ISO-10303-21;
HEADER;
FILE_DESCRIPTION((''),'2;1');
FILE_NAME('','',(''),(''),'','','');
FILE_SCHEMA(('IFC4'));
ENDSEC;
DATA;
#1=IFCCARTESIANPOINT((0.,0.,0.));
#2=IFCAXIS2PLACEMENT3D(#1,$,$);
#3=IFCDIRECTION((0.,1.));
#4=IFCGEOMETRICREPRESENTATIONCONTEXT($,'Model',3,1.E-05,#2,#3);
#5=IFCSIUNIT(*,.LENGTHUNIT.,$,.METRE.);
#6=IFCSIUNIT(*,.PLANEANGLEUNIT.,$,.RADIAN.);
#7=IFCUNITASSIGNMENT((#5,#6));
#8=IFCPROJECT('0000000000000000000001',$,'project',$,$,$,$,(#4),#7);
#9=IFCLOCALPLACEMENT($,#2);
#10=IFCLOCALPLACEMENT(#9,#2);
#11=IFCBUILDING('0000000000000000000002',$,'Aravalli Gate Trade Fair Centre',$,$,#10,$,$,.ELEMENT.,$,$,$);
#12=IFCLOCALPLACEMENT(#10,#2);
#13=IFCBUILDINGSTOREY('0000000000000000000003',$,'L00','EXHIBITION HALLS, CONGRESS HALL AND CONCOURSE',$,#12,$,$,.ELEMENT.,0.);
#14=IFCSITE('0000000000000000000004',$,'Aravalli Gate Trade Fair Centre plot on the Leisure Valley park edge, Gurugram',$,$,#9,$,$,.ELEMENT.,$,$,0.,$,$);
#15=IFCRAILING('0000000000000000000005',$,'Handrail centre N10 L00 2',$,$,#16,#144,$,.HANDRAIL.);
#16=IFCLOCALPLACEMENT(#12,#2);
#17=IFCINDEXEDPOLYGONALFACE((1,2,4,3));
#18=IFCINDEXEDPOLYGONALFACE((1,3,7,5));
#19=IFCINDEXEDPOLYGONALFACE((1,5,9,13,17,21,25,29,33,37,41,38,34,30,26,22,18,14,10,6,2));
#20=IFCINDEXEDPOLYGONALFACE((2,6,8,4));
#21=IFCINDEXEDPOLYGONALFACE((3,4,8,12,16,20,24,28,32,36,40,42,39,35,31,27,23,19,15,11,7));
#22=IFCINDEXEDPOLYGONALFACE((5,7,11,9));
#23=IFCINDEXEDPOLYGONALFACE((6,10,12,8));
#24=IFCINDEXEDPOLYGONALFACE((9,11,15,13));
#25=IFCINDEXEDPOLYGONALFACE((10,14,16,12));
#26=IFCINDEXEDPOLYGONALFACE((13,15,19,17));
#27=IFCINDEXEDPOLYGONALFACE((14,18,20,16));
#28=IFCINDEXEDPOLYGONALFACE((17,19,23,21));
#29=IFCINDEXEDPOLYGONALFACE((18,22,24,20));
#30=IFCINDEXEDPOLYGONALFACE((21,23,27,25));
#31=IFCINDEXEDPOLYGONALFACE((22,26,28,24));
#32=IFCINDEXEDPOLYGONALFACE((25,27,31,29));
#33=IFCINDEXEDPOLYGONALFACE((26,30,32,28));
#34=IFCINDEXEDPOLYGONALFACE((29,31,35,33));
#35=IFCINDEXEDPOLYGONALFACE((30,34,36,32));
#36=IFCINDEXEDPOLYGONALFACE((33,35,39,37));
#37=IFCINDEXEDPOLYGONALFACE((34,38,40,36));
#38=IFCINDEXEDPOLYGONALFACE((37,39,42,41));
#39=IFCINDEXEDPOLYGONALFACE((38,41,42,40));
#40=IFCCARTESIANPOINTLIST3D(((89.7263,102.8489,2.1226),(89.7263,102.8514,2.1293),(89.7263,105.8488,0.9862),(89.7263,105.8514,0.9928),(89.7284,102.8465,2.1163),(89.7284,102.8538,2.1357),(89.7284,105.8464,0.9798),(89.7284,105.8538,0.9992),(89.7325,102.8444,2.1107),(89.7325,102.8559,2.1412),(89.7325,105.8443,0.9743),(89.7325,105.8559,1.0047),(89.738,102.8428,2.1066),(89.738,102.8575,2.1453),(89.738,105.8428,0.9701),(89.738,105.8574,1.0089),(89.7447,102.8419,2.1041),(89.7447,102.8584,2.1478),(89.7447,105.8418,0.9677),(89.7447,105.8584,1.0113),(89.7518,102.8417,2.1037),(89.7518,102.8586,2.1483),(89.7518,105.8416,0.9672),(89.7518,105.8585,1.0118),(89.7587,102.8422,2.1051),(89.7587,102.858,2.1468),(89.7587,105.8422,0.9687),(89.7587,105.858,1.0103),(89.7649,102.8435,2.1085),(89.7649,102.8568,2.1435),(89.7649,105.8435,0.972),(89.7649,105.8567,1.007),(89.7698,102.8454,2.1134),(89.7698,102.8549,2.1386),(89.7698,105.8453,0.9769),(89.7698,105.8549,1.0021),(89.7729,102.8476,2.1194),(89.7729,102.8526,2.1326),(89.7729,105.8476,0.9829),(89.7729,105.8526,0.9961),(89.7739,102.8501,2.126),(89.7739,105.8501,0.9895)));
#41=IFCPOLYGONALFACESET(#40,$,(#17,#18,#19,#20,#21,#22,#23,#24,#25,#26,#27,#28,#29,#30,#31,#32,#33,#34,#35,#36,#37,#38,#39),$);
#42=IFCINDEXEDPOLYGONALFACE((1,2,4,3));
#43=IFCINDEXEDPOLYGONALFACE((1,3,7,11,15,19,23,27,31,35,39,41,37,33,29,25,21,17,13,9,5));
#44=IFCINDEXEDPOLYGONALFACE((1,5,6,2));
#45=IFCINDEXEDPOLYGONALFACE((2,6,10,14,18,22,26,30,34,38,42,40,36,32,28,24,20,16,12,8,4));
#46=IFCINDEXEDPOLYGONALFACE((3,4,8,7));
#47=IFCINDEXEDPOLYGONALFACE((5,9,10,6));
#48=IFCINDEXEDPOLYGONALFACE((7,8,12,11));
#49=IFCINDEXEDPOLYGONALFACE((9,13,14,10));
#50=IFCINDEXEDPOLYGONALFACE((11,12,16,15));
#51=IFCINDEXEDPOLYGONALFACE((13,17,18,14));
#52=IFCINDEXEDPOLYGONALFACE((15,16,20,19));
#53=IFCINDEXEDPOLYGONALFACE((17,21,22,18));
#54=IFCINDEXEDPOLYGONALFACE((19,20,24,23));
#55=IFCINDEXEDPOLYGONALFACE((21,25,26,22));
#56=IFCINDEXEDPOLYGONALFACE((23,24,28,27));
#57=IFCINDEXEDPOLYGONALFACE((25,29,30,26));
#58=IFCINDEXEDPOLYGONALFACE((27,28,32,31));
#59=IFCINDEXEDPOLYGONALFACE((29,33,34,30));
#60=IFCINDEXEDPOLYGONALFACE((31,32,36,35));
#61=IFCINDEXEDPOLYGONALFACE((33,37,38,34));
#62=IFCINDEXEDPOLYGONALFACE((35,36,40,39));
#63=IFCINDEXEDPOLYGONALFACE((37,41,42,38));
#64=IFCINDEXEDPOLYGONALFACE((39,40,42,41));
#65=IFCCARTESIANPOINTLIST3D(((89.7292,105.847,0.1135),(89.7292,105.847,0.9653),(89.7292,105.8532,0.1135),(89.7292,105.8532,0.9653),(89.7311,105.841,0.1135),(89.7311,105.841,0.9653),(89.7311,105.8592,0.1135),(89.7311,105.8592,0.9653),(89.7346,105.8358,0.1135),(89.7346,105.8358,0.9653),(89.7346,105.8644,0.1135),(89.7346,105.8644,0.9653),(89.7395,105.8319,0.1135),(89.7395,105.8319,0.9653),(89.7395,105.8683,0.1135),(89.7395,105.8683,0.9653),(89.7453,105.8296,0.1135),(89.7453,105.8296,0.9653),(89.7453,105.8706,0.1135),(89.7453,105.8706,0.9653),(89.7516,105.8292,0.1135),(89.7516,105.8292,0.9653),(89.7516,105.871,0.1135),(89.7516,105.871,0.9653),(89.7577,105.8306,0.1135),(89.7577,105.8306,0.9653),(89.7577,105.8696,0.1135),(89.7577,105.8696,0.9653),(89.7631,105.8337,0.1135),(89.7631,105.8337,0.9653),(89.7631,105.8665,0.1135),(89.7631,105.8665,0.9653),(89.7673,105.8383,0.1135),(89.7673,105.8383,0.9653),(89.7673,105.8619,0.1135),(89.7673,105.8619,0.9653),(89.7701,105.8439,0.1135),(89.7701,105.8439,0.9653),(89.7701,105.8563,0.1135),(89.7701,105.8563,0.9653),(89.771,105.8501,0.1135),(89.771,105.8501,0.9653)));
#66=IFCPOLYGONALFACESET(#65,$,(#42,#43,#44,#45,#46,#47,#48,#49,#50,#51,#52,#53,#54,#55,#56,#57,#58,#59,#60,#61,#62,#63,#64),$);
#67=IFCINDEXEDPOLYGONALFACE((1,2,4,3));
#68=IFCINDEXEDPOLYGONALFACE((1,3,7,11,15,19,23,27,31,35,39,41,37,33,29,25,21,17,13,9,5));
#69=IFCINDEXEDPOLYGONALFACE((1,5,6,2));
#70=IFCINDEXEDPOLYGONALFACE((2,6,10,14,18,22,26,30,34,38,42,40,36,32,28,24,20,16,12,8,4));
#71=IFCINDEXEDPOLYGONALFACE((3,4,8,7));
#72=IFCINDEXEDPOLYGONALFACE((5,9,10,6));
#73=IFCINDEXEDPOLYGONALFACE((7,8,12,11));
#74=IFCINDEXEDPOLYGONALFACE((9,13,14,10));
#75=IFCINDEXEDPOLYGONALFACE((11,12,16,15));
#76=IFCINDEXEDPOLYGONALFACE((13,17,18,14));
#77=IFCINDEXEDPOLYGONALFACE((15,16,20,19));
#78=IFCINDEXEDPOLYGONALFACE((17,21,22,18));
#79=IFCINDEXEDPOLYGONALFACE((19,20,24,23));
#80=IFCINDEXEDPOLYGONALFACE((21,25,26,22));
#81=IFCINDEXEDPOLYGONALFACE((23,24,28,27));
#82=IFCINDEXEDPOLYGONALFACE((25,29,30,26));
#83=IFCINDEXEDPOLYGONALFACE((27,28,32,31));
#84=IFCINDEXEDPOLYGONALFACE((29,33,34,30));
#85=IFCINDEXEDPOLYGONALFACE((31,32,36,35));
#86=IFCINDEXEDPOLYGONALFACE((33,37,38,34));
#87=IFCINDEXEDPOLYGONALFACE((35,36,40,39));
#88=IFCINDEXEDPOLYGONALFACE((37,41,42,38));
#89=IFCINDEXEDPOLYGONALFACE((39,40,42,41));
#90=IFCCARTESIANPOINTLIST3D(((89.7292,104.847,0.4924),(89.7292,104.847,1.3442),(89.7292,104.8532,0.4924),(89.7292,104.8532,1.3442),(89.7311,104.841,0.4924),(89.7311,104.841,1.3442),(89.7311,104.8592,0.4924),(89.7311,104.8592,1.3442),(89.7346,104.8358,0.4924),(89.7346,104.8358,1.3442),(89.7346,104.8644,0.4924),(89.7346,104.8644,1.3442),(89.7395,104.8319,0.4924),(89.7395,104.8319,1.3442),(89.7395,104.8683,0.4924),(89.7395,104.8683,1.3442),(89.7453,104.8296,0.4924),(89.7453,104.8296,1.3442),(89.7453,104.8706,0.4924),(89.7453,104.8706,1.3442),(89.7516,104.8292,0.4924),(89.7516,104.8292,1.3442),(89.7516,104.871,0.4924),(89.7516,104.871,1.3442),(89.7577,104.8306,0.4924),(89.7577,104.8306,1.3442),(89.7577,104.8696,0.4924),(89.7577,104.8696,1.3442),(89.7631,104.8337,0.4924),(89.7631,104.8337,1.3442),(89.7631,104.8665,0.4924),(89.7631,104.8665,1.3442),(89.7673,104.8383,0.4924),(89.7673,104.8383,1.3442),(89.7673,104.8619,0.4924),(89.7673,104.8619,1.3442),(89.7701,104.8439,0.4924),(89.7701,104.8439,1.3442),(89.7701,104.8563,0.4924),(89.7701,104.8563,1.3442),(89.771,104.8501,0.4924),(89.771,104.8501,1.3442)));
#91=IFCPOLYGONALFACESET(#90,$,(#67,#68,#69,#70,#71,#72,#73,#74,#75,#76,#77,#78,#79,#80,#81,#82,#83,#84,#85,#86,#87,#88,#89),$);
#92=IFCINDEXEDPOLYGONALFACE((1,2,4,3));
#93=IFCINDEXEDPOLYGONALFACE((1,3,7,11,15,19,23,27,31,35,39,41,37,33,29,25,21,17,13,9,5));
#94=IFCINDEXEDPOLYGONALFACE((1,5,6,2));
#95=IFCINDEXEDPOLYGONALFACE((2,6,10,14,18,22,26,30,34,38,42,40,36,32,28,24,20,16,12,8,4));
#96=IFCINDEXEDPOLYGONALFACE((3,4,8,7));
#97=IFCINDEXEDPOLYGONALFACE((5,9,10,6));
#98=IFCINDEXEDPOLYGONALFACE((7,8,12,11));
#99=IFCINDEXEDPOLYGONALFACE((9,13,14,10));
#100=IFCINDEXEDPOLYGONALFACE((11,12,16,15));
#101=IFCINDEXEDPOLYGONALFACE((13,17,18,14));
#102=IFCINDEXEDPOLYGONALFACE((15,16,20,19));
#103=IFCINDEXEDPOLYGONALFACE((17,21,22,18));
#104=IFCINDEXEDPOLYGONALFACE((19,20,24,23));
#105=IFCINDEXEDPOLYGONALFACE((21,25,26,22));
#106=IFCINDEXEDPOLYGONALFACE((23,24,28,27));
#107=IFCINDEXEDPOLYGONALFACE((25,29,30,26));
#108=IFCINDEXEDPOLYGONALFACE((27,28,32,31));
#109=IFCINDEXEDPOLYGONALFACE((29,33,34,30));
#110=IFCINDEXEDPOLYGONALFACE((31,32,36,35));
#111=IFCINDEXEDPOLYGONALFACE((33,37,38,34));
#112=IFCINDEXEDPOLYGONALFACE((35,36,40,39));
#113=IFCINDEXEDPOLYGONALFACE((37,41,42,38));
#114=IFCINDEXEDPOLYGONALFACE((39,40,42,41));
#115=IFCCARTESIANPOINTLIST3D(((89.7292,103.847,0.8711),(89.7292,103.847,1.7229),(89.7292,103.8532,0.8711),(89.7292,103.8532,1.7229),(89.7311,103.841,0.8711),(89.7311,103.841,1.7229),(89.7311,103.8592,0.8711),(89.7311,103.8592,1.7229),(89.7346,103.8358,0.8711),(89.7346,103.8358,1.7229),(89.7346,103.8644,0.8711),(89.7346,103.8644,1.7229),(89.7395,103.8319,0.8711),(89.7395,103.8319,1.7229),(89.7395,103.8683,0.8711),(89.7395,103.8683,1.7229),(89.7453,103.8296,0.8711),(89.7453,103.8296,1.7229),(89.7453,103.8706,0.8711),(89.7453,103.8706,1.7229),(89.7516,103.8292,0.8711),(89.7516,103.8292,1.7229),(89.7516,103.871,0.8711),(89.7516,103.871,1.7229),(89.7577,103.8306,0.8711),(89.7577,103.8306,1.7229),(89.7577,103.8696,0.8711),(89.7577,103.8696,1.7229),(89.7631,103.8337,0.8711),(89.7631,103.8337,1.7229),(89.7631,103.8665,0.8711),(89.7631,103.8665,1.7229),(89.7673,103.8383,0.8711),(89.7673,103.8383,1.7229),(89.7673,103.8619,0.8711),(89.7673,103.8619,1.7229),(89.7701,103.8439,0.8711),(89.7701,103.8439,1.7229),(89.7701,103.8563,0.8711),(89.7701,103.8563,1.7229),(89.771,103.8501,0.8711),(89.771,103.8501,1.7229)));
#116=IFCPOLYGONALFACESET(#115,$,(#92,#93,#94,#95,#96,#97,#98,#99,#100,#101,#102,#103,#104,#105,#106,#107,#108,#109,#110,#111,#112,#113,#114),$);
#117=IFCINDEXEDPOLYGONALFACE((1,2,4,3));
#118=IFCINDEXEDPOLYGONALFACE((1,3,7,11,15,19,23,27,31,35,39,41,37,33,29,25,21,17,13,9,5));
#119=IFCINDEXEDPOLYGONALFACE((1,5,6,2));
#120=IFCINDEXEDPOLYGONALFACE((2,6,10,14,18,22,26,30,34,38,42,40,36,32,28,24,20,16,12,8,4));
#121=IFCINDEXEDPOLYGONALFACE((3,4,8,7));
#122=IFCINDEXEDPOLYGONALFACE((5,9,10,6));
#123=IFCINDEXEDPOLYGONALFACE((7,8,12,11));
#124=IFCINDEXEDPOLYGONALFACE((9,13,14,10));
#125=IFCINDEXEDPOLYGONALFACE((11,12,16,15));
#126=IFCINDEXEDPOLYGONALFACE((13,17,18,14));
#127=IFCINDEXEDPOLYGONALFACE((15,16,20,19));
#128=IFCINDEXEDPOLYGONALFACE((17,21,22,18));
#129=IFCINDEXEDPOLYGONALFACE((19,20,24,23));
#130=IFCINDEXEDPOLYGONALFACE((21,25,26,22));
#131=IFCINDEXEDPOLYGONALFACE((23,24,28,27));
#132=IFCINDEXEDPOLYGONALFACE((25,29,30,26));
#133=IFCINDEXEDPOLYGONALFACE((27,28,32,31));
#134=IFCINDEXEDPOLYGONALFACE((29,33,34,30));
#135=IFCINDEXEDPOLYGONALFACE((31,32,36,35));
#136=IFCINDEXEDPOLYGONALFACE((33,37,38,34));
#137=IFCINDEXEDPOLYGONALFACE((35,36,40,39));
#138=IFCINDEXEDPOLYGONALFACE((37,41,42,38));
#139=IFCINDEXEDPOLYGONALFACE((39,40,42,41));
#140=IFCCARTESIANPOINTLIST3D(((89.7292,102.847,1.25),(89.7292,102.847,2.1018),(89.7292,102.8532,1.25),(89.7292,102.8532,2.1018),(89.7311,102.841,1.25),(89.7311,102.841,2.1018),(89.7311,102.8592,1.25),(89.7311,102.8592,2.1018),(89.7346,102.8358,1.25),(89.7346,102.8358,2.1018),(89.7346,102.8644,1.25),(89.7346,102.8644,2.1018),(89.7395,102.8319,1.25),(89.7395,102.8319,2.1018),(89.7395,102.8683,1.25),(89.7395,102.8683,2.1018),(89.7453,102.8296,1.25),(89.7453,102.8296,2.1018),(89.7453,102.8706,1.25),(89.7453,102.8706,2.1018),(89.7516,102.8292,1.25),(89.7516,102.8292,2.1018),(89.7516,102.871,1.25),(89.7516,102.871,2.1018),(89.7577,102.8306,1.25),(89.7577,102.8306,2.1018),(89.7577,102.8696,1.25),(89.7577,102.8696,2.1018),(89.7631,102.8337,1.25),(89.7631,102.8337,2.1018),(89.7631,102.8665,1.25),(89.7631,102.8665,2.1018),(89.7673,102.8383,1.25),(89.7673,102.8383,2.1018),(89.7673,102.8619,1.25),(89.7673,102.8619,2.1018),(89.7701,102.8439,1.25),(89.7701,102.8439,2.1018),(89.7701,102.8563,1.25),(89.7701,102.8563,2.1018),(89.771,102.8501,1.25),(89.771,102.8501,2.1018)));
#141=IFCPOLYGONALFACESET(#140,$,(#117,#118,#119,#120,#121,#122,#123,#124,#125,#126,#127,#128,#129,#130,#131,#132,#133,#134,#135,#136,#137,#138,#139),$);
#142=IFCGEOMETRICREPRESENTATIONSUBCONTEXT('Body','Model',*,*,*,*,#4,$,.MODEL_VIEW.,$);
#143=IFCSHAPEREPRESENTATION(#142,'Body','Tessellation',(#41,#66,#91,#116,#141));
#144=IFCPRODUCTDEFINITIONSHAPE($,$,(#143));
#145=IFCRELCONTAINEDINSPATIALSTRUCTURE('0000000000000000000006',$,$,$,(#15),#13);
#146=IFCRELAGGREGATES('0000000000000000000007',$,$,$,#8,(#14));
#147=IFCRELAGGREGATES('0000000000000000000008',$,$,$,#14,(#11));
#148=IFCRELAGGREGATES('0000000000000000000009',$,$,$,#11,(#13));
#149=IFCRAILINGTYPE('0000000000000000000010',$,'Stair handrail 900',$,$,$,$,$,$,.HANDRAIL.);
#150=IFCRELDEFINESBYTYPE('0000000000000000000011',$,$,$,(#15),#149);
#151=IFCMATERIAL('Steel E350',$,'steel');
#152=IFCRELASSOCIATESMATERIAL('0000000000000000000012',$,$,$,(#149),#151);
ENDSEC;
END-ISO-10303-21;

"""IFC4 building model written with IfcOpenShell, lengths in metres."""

from ifc_helpers import new_model, si_unit, direction, frame, origin, origin_2d, place, context, subcontext, project, spatial, circle, extrude, material, type_object, element, save


model = new_model("IFC4")

# Units and contexts
model_context = context("Model", 3, precision=1e-05, world=origin(), true_north=direction((0.0, 1.0)))
body_context = subcontext(model_context, "Body", "Model", "MODEL_VIEW")
ifc_project = project(units=[si_unit("LENGTHUNIT", "METRE"), si_unit("PLANEANGLEUNIT", "RADIAN")], contexts=[model_context])

# Site, building, storey
site_placement = place(None, origin())
site = spatial("IfcSite", under=ifc_project, at=site_placement, Name="Aravalli Gate Trade Fair Centre plot on the Leisure Valley park edge, Gurugram", CompositionType="ELEMENT", RefElevation=0.0)
building_placement = place(site_placement, origin())
building = spatial("IfcBuilding", under=site, at=building_placement, Name="Aravalli Gate Trade Fair Centre", CompositionType="ELEMENT")
storey_placement = place(building_placement, origin())
storey = spatial("IfcBuildingStorey", under=building, at=storey_placement, Name="L00", Description="EXHIBITION HALLS, CONGRESS HALL AND CONCOURSE", CompositionType="ELEMENT", Elevation=0.0)

# Railing
ifc_material_1 = material(Name="Steel E350", Category="steel")
railing_type = type_object("IfcRailingType", Name="Stair handrail 900", PredefinedType="HANDRAIL", material=ifc_material_1)
for number, where, name in (
    (1, (89.75, 105.8501, 0.1135), "Handrail centre N10 L00 2"),
):
    element("IfcRailing", number, at=place(storey_placement, frame(where)), inside=storey, type_object=railing_type, Name=name, PredefinedType="HANDRAIL", context=body_context, shape_type="SweptSolid", body=[
        extrude(circle(Radius=0.0239, at=origin_2d()), frame((0.0, 0.0, 0.876), z_axis=(0.0, -0.935148, 0.354257), x_axis=(1.0, 0.0, 0.0)), (0.0, 0.0, 1.0), 3.208),
        extrude(circle(Radius=0.021, at=origin_2d()), origin(), (0.0, 0.0, 1.0), 0.8518),
        extrude(circle(Radius=0.021, at=origin_2d()), frame((0.0, -1.0, 0.3789)), (0.0, 0.0, 1.0), 0.8518),
        extrude(circle(Radius=0.021, at=origin_2d()), frame((0.0, -2.0, 0.7576)), (0.0, 0.0, 1.0), 0.8518),
        extrude(circle(Radius=0.021, at=origin_2d()), frame((0.0, -3.0, 1.1365)), (0.0, 0.0, 1.0), 0.8518),
    ])

save(model, "model.ifc")
